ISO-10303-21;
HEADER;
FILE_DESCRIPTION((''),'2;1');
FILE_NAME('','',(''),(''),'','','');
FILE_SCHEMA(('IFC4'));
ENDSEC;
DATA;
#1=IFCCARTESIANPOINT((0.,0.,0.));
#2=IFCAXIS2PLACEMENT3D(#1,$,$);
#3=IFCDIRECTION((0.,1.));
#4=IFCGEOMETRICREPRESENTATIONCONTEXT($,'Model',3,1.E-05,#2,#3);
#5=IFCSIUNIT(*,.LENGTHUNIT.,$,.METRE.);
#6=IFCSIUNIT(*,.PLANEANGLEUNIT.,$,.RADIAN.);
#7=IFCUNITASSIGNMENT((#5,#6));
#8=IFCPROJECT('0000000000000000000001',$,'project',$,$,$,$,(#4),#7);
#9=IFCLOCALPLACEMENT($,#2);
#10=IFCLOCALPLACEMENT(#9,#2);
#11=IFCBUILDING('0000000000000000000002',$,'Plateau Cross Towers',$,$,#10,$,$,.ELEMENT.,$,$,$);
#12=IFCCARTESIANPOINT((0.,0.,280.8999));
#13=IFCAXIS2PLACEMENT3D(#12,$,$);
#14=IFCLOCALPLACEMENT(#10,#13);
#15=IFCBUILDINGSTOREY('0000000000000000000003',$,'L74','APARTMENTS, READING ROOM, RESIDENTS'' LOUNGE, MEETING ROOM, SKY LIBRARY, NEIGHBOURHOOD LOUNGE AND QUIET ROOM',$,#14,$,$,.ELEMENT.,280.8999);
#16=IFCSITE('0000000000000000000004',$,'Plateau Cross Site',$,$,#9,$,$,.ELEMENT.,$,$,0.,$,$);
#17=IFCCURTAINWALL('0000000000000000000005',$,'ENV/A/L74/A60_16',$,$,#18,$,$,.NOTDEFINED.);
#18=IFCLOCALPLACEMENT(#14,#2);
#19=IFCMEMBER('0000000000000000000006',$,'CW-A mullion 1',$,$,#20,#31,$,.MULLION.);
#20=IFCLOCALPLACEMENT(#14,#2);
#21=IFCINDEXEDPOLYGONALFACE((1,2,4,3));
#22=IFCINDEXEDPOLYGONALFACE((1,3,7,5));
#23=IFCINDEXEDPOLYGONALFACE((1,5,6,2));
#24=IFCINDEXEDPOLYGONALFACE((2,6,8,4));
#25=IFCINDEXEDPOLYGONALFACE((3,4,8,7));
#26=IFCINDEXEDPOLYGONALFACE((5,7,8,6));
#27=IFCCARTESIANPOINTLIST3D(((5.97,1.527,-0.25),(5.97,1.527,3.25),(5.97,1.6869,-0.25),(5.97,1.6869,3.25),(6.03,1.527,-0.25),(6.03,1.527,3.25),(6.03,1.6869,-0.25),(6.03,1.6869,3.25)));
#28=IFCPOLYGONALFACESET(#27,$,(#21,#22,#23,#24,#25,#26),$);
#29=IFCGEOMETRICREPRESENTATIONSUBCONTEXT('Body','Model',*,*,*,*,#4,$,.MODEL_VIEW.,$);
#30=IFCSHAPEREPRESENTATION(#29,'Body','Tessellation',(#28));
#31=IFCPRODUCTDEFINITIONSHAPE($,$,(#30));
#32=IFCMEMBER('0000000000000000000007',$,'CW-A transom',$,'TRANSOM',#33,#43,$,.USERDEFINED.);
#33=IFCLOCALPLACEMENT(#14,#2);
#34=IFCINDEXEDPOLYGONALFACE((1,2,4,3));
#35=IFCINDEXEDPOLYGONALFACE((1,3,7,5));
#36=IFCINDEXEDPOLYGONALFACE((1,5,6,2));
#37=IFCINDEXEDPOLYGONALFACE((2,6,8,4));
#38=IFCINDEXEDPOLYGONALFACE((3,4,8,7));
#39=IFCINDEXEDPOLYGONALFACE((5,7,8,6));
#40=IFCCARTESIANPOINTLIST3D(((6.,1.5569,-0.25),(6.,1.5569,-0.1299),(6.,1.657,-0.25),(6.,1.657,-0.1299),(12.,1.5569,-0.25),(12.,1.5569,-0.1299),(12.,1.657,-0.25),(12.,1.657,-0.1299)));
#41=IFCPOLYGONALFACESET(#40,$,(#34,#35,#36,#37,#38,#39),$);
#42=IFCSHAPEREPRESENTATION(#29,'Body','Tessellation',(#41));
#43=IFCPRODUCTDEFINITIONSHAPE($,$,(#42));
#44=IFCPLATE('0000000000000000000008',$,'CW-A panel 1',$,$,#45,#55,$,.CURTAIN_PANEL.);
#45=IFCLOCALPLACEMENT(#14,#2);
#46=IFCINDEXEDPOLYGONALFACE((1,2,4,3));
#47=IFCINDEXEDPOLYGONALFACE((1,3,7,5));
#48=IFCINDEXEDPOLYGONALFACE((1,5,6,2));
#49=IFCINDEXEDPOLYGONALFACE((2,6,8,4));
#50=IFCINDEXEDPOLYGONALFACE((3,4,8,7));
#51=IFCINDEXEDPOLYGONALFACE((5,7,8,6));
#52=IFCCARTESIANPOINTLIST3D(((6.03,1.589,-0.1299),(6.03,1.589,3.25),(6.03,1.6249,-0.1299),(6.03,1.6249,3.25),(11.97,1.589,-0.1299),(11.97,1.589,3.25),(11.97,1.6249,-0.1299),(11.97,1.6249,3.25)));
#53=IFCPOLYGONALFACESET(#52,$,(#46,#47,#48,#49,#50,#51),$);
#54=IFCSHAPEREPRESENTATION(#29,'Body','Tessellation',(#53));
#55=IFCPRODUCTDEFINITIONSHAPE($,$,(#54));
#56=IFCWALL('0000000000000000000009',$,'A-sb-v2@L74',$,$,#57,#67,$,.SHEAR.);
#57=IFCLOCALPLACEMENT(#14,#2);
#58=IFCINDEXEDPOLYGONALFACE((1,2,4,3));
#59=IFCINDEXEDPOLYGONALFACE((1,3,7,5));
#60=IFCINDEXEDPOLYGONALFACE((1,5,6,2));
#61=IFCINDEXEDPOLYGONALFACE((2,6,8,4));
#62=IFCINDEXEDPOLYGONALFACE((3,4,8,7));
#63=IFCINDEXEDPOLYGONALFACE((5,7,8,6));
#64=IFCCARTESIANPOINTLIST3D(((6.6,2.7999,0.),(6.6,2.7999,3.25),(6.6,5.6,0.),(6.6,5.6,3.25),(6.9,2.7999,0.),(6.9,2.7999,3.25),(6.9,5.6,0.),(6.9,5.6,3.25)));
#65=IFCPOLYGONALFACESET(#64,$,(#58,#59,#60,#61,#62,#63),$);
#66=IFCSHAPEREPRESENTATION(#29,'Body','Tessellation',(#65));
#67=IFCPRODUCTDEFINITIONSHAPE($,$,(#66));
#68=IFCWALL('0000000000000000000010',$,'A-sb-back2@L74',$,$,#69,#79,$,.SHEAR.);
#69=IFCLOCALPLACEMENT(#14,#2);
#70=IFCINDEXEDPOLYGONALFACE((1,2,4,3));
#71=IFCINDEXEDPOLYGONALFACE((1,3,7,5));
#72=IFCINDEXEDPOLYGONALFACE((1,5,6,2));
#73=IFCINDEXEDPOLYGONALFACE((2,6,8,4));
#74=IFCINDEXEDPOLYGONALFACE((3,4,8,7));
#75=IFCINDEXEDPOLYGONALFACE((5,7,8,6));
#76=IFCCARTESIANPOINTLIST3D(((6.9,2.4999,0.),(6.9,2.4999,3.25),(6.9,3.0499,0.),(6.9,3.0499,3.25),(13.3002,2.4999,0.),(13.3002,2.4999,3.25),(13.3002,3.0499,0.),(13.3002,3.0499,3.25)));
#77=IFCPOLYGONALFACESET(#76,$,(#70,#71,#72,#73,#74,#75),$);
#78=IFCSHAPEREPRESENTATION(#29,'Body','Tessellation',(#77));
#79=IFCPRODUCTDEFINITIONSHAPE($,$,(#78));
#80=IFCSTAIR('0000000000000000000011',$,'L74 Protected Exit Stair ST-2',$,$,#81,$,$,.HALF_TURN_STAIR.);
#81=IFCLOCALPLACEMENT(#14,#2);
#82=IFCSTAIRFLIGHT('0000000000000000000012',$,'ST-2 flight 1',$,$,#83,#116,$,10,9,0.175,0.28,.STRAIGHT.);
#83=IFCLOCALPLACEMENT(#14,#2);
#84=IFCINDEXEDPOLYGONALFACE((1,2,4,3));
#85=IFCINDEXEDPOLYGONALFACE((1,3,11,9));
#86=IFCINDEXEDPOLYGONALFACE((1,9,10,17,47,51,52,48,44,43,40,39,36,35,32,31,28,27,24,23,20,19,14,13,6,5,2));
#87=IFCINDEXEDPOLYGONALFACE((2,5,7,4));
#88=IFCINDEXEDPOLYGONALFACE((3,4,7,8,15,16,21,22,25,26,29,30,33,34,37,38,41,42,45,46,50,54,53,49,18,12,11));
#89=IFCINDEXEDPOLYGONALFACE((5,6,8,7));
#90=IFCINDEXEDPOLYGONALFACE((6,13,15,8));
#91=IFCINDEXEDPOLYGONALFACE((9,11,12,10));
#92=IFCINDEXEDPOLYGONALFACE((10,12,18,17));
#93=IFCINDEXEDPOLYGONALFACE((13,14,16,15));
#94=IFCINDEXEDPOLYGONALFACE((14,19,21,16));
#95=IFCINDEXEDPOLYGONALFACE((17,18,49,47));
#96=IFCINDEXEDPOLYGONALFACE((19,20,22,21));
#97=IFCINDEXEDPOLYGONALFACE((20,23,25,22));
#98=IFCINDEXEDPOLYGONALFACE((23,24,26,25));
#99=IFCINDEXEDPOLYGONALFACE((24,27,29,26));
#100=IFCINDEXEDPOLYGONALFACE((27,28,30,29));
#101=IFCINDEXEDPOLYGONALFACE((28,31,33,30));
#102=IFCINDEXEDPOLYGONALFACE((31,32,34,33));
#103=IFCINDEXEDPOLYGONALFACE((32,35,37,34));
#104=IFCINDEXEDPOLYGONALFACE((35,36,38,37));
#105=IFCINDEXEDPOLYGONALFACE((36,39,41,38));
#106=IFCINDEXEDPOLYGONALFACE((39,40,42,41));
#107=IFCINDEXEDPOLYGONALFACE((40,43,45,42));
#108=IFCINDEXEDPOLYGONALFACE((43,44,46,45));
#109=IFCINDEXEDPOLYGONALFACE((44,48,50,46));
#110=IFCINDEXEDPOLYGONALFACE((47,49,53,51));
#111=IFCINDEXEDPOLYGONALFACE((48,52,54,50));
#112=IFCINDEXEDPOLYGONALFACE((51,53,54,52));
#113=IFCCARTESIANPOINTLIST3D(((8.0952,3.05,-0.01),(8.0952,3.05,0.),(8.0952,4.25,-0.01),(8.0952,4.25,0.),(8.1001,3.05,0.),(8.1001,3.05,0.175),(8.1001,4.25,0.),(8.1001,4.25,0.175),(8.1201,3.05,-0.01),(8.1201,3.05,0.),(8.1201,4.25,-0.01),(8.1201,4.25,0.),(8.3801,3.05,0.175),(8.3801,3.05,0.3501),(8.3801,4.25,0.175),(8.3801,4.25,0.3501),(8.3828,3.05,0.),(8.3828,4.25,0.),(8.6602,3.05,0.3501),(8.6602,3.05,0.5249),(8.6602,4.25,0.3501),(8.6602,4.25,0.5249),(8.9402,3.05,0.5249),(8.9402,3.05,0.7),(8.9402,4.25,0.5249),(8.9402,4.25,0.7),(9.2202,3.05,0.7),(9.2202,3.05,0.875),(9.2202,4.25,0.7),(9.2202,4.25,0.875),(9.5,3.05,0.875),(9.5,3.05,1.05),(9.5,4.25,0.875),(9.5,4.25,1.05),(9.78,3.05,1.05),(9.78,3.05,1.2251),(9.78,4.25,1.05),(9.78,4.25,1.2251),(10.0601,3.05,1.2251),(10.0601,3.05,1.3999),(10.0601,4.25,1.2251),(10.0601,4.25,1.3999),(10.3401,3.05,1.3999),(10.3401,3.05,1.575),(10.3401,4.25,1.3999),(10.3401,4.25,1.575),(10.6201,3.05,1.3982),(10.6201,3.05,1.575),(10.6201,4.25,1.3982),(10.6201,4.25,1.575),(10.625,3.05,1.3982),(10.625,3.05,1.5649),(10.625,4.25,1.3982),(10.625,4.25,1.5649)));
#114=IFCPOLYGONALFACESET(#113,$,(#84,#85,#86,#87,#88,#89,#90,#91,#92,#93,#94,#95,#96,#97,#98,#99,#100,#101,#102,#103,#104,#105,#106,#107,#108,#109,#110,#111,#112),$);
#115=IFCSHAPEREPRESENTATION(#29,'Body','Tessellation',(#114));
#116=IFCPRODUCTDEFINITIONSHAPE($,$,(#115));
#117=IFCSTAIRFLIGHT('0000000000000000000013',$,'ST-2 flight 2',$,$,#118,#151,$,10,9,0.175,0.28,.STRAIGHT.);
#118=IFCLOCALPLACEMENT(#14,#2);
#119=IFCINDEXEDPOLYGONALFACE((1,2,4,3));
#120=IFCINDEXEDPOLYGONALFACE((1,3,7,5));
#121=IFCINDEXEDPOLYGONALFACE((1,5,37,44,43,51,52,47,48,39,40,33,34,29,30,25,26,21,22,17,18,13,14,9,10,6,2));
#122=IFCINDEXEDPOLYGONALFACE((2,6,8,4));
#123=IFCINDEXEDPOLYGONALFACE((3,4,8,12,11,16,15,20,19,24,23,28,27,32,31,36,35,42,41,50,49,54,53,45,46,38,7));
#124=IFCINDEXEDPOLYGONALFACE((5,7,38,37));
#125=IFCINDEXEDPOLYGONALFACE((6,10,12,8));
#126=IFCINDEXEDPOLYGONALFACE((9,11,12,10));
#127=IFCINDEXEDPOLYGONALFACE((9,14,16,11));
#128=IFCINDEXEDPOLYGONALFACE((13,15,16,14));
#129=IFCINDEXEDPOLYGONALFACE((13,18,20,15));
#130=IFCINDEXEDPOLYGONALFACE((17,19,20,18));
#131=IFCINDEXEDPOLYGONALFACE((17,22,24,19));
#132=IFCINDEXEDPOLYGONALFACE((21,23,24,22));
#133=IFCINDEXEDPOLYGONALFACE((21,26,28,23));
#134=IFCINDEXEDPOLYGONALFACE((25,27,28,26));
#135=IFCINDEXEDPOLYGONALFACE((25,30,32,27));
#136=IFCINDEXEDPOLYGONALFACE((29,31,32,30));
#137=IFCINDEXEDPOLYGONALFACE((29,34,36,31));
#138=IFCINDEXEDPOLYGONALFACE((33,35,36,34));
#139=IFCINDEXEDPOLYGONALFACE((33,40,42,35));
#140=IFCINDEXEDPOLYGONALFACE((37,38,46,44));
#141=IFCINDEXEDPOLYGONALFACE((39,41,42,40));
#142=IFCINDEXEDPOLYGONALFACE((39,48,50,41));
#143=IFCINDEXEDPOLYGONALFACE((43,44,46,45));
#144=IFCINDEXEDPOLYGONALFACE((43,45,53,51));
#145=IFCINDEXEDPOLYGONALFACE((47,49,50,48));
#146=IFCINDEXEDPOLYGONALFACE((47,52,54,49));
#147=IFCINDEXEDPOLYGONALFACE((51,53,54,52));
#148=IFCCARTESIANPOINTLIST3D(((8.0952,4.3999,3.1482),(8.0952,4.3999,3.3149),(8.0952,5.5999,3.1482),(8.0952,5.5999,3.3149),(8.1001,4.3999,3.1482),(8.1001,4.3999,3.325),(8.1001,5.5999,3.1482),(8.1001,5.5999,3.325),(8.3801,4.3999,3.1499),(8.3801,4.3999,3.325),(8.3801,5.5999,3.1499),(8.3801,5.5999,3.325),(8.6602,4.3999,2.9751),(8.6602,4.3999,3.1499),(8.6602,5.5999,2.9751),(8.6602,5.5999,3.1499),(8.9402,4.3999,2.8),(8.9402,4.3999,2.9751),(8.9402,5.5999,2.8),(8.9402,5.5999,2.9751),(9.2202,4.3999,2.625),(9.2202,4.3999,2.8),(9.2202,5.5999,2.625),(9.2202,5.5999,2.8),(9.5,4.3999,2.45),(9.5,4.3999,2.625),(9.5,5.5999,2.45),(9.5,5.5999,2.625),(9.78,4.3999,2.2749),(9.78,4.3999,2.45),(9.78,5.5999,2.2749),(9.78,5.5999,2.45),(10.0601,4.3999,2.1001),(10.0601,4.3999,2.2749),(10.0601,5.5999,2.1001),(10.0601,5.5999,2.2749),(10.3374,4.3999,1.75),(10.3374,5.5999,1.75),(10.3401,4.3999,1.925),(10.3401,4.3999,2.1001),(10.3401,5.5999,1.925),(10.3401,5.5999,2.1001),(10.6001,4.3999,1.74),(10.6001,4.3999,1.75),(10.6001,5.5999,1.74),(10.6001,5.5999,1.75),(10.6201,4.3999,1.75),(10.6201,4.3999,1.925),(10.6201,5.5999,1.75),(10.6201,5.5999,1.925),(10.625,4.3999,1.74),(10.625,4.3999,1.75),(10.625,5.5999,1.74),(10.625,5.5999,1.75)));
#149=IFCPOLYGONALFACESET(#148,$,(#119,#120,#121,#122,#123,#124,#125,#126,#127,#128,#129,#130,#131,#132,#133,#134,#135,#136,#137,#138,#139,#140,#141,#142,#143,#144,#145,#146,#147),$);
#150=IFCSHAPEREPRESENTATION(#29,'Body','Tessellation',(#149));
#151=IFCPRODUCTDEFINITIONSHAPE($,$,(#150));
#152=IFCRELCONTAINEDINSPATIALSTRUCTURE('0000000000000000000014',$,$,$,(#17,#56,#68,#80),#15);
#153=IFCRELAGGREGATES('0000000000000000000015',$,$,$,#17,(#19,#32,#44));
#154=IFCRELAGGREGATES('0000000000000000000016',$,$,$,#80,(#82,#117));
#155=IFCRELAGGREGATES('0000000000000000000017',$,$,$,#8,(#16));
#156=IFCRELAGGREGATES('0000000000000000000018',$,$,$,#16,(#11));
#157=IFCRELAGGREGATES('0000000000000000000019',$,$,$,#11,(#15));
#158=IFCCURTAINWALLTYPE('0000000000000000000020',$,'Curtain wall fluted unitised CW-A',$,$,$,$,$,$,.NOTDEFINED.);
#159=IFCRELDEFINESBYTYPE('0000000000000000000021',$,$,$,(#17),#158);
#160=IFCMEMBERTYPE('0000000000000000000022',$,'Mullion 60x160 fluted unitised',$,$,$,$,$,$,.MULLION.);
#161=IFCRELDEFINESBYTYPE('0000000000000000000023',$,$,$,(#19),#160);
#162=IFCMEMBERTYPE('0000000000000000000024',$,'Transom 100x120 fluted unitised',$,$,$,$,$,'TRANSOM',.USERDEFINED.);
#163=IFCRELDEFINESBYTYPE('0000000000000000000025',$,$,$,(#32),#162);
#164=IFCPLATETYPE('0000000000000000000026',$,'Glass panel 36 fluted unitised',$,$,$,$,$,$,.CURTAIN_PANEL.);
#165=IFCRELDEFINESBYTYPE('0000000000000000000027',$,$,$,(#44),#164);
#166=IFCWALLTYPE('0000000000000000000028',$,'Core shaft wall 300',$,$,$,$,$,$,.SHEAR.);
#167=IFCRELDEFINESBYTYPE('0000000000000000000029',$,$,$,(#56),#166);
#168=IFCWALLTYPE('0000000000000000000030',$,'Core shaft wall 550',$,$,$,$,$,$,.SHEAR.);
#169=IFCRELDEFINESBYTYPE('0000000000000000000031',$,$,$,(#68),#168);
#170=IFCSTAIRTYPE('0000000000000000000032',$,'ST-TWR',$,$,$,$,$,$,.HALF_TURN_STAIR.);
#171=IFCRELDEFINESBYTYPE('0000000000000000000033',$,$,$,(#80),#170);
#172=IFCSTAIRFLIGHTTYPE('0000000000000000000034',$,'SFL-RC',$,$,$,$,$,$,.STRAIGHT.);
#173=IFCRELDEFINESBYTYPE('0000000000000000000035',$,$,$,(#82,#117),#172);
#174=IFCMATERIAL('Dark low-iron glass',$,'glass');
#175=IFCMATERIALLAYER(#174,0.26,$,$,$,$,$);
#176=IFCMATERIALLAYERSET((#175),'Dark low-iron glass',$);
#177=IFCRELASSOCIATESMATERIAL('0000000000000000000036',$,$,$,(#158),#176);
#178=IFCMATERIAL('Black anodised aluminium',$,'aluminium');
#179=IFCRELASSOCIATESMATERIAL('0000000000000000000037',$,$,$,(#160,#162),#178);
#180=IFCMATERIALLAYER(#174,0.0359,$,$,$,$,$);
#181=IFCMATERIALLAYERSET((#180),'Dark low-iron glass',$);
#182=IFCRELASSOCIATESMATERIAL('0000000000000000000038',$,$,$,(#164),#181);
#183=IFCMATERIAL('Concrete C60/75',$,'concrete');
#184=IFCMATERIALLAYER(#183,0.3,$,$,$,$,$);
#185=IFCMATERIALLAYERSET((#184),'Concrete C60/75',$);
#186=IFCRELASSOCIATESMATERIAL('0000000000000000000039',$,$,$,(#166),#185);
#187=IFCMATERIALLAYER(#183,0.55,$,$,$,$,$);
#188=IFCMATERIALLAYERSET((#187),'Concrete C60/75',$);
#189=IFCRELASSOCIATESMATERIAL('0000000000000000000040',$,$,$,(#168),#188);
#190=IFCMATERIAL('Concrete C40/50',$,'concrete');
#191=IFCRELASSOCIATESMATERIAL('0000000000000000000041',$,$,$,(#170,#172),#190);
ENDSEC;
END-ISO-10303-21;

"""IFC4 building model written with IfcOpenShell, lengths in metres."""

from ifc_helpers import new_model, si_unit, direction, frame, frame_2d, origin, origin_2d, place, context, subcontext, project, spatial, polyline, rectangle, outline, extrude, material, layer, layer_set, material_profile, profile_set, type_object, element, aggregate, save


model = new_model("IFC4")

# Units and contexts
model_context = context("Model", 3, precision=1e-05, world=origin(), true_north=direction((0.0, 1.0)))
body_context = subcontext(model_context, "Body", "Model", "MODEL_VIEW")
ifc_project = project(units=[si_unit("LENGTHUNIT", "METRE"), si_unit("PLANEANGLEUNIT", "RADIAN")], contexts=[model_context])

# Site, building, storey
site_placement = place(None, origin())
site = spatial("IfcSite", under=ifc_project, at=site_placement, Name="Plateau Cross Site", CompositionType="ELEMENT", RefElevation=0.0)
building_placement = place(site_placement, origin())
building = spatial("IfcBuilding", under=site, at=building_placement, Name="Plateau Cross Towers", CompositionType="ELEMENT")
storey_placement = place(building_placement, frame((0.0, 0.0, 280.8999)))
storey = spatial("IfcBuildingStorey", under=building, at=storey_placement, Name="L74", Description="APARTMENTS, READING ROOM, RESIDENTS' LOUNGE, MEETING ROOM, SKY LIBRARY, NEIGHBOURHOOD LOUNGE AND QUIET ROOM", CompositionType="ELEMENT", Elevation=280.8999)

# Curtain wall, members, plate
ifc_material_1 = material(Name="Dark low-iron glass", Category="glass")
ifc_layer_1 = layer(ifc_material_1, 0.26)
ifc_layer_set_1 = layer_set([ifc_layer_1], Name="Dark low-iron glass")
curtain_wall_type = type_object("IfcCurtainWallType", Name="Curtain wall fluted unitised CW-A", PredefinedType="NOTDEFINED", material=ifc_layer_set_1)
curtain_wall_placement = place(storey_placement, origin())
curtain_wall = element("IfcCurtainWall", 1, at=curtain_wall_placement, inside=storey, type_object=curtain_wall_type, Name="ENV/A/L74/A60_16", PredefinedType="NOTDEFINED")
ifc_material_2 = material(Name="Black anodised aluminium", Category="aluminium")
ifc_material_profile_1 = material_profile(ifc_material_2, rectangle(XDim=0.0601, YDim=0.1599, at=origin_2d()), Name="MULLION 60x160")
ifc_profile_set_1 = profile_set([ifc_material_profile_1], Name="Black anodised aluminium")
member_type_1 = type_object("IfcMemberType", Name="Mullion 60x160 fluted unitised", PredefinedType="MULLION", material=ifc_profile_set_1)
member_1_placement = place(storey_placement, frame((6.0, 1.6069, -0.25), z_axis=(0.0, 0.0, 1.0), x_axis=(1.0, 0.0, 0.0)))
member_1 = element("IfcMember", 2, at=member_1_placement, type_object=member_type_1, Name="CW-A mullion 1", PredefinedType="MULLION", context=body_context, shape_type="SweptSolid", body=[
    extrude(rectangle(XDim=0.0601, YDim=0.1599, at=origin_2d()), origin(), (0.0, 0.0, 1.0), 3.5),
])
ifc_material_profile_2 = material_profile(ifc_material_2, rectangle(XDim=0.1001, YDim=0.1201, at=origin_2d()), Name="TRANSOM 100x120")
ifc_profile_set_2 = profile_set([ifc_material_profile_2], Name="Black anodised aluminium")
member_type_2 = type_object("IfcMemberType", Name="Transom 100x120 fluted unitised", ElementType="TRANSOM", PredefinedType="USERDEFINED", material=ifc_profile_set_2)
member_2_placement = place(storey_placement, frame((6.0, 1.6069, -0.1899), z_axis=(1.0, 0.0, 0.0), x_axis=(0.0, 1.0, 0.0)))
member_2 = element("IfcMember", 3, at=member_2_placement, type_object=member_type_2, Name="CW-A transom", ObjectType="TRANSOM", PredefinedType="USERDEFINED", context=body_context, shape_type="SweptSolid", body=[
    extrude(rectangle(XDim=0.1001, YDim=0.1201, at=origin_2d()), origin(), (0.0, 0.0, 1.0), 6.0),
])
ifc_layer_2 = layer(ifc_material_1, 0.0359)
ifc_layer_set_2 = layer_set([ifc_layer_2], Name="Dark low-iron glass")
plate_type = type_object("IfcPlateType", Name="Glass panel 36 fluted unitised", PredefinedType="CURTAIN_PANEL", material=ifc_layer_set_2)
plate_placement = place(storey_placement, frame((9.0, 1.6069, -0.1299), z_axis=(0.0, 0.0, 1.0), x_axis=(1.0, 0.0, 0.0)))
plate = element("IfcPlate", 4, at=plate_placement, type_object=plate_type, Name="CW-A panel 1", PredefinedType="CURTAIN_PANEL", context=body_context, shape_type="SweptSolid", body=[
    extrude(rectangle(XDim=5.9399, YDim=0.0359, at=origin_2d()), origin(), (0.0, 0.0, 1.0), 3.3799),
])
aggregate(curtain_wall, [member_1, member_2, plate])

# Walls
ifc_material_3 = material(Name="Concrete C60/75", Category="concrete")
ifc_layer_3 = layer(ifc_material_3, 0.3)
ifc_layer_set_3 = layer_set([ifc_layer_3], Name="Concrete C60/75")
wall_type_1 = type_object("IfcWallType", Name="Core shaft wall 300", PredefinedType="SHEAR", material=ifc_layer_set_3)
wall_1_placement = place(storey_placement, frame((6.75, 2.8, 0.0), z_axis=(0.0, 0.0, 1.0), x_axis=(0.0, 1.0, 0.0)))
element("IfcWall", 5, at=wall_1_placement, inside=storey, type_object=wall_type_1, Name="A-sb-v2@L74", PredefinedType="SHEAR", context=body_context, shape_type="SweptSolid", body=[
    extrude(rectangle(XDim=2.8, YDim=0.3, at=frame_2d((1.3999, 0.0))), origin(), (0.0, 0.0, 1.0), 3.25),
])
ifc_layer_4 = layer(ifc_material_3, 0.55)
ifc_layer_set_4 = layer_set([ifc_layer_4], Name="Concrete C60/75")
wall_type_2 = type_object("IfcWallType", Name="Core shaft wall 550", PredefinedType="SHEAR", material=ifc_layer_set_4)
wall_2_placement = place(storey_placement, frame((6.8999, 2.7749, 0.0), z_axis=(0.0, 0.0, 1.0), x_axis=(1.0, 0.0, 0.0)))
element("IfcWall", 6, at=wall_2_placement, inside=storey, type_object=wall_type_2, Name="A-sb-back2@L74", PredefinedType="SHEAR", context=body_context, shape_type="SweptSolid", body=[
    extrude(rectangle(XDim=6.4001, YDim=0.55, at=frame_2d((3.2002, 0.0))), origin(), (0.0, 0.0, 1.0), 3.25),
])

# Stair, stair flights
ifc_material_4 = material(Name="Concrete C40/50", Category="concrete")
stair_type = type_object("IfcStairType", Name="ST-TWR", PredefinedType="HALF_TURN_STAIR", material=ifc_material_4)
stair_placement = place(storey_placement, origin())
stair = element("IfcStair", 7, at=stair_placement, inside=storey, type_object=stair_type, Name="L74 Protected Exit Stair ST-2", PredefinedType="HALF_TURN_STAIR")
stair_flight_type = type_object("IfcStairFlightType", Name="SFL-RC", PredefinedType="STRAIGHT", material=ifc_material_4)
stair_flight_1_placement = place(storey_placement, frame((8.1001, 3.6499, 0.0), z_axis=(0.0, 0.0, 1.0), x_axis=(1.0, 0.0, 0.0)))
stair_flight_1 = element("IfcStairFlight", 8, at=stair_flight_1_placement, type_object=stair_flight_type, Name="ST-2 flight 1", NumberOfRisers=10, NumberOfTreads=9, PredefinedType="STRAIGHT", RiserHeight=0.175, TreadLength=0.28, context=body_context, shape_type="SweptSolid", body=[
    extrude(outline(polyline([(-0.0049, -0.01), (-0.0049, 0.0), (0.0, 0.0), (0.0, 0.175), (0.28, 0.175), (0.28, 0.3501), (0.5601, 0.3501), (0.5601, 0.5249), (0.8401, 0.5249), (0.8401, 0.7), (1.1201, 0.7), (1.1201, 0.875), (1.3999, 0.875), (1.3999, 1.05), (1.6799, 1.05), (1.6799, 1.2251), (1.96, 1.2251), (1.96, 1.3999), (2.24, 1.3999), (2.24, 1.575), (2.52, 1.575), (2.5249, 1.5649), (2.5249, 1.3982), (2.52, 1.3982), (0.2827, 0.0), (0.02, 0.0), (0.02, -0.01), (-0.0049, -0.01)])), frame((0.0, 0.6001, 0.0), z_axis=(0.0, -1.0, 0.0), x_axis=(1.0, 0.0, 0.0)), (0.0, 0.0, 1.0), 1.2),
])
stair_flight_2_placement = place(storey_placement, frame((10.6201, 5.0, 1.75), z_axis=(0.0, 0.0, 1.0), x_axis=(-1.0, 0.0, 0.0)))
stair_flight_2 = element("IfcStairFlight", 9, at=stair_flight_2_placement, type_object=stair_flight_type, Name="ST-2 flight 2", NumberOfRisers=10, NumberOfTreads=9, PredefinedType="STRAIGHT", RiserHeight=0.175, TreadLength=0.28, context=body_context, shape_type="SweptSolid", body=[
    extrude(outline(polyline([(-0.0049, -0.01), (-0.0049, 0.0), (0.0, 0.0), (0.0, 0.175), (0.28, 0.175), (0.28, 0.3501), (0.5601, 0.3501), (0.5601, 0.5249), (0.8401, 0.5249), (0.8401, 0.7), (1.1201, 0.7), (1.1201, 0.875), (1.3999, 0.875), (1.3999, 1.05), (1.6799, 1.05), (1.6799, 1.2251), (1.96, 1.2251), (1.96, 1.3999), (2.24, 1.3999), (2.24, 1.575), (2.52, 1.575), (2.5249, 1.5649), (2.5249, 1.3982), (2.52, 1.3982), (0.2827, 0.0), (0.02, 0.0), (0.02, -0.01), (-0.0049, -0.01)])), frame((0.0, 0.6001, 0.0), z_axis=(0.0, -1.0, 0.0), x_axis=(1.0, 0.0, 0.0)), (0.0, 0.0, 1.0), 1.2),
])
aggregate(stair, [stair_flight_1, stair_flight_2])

save(model, "model.ifc")
